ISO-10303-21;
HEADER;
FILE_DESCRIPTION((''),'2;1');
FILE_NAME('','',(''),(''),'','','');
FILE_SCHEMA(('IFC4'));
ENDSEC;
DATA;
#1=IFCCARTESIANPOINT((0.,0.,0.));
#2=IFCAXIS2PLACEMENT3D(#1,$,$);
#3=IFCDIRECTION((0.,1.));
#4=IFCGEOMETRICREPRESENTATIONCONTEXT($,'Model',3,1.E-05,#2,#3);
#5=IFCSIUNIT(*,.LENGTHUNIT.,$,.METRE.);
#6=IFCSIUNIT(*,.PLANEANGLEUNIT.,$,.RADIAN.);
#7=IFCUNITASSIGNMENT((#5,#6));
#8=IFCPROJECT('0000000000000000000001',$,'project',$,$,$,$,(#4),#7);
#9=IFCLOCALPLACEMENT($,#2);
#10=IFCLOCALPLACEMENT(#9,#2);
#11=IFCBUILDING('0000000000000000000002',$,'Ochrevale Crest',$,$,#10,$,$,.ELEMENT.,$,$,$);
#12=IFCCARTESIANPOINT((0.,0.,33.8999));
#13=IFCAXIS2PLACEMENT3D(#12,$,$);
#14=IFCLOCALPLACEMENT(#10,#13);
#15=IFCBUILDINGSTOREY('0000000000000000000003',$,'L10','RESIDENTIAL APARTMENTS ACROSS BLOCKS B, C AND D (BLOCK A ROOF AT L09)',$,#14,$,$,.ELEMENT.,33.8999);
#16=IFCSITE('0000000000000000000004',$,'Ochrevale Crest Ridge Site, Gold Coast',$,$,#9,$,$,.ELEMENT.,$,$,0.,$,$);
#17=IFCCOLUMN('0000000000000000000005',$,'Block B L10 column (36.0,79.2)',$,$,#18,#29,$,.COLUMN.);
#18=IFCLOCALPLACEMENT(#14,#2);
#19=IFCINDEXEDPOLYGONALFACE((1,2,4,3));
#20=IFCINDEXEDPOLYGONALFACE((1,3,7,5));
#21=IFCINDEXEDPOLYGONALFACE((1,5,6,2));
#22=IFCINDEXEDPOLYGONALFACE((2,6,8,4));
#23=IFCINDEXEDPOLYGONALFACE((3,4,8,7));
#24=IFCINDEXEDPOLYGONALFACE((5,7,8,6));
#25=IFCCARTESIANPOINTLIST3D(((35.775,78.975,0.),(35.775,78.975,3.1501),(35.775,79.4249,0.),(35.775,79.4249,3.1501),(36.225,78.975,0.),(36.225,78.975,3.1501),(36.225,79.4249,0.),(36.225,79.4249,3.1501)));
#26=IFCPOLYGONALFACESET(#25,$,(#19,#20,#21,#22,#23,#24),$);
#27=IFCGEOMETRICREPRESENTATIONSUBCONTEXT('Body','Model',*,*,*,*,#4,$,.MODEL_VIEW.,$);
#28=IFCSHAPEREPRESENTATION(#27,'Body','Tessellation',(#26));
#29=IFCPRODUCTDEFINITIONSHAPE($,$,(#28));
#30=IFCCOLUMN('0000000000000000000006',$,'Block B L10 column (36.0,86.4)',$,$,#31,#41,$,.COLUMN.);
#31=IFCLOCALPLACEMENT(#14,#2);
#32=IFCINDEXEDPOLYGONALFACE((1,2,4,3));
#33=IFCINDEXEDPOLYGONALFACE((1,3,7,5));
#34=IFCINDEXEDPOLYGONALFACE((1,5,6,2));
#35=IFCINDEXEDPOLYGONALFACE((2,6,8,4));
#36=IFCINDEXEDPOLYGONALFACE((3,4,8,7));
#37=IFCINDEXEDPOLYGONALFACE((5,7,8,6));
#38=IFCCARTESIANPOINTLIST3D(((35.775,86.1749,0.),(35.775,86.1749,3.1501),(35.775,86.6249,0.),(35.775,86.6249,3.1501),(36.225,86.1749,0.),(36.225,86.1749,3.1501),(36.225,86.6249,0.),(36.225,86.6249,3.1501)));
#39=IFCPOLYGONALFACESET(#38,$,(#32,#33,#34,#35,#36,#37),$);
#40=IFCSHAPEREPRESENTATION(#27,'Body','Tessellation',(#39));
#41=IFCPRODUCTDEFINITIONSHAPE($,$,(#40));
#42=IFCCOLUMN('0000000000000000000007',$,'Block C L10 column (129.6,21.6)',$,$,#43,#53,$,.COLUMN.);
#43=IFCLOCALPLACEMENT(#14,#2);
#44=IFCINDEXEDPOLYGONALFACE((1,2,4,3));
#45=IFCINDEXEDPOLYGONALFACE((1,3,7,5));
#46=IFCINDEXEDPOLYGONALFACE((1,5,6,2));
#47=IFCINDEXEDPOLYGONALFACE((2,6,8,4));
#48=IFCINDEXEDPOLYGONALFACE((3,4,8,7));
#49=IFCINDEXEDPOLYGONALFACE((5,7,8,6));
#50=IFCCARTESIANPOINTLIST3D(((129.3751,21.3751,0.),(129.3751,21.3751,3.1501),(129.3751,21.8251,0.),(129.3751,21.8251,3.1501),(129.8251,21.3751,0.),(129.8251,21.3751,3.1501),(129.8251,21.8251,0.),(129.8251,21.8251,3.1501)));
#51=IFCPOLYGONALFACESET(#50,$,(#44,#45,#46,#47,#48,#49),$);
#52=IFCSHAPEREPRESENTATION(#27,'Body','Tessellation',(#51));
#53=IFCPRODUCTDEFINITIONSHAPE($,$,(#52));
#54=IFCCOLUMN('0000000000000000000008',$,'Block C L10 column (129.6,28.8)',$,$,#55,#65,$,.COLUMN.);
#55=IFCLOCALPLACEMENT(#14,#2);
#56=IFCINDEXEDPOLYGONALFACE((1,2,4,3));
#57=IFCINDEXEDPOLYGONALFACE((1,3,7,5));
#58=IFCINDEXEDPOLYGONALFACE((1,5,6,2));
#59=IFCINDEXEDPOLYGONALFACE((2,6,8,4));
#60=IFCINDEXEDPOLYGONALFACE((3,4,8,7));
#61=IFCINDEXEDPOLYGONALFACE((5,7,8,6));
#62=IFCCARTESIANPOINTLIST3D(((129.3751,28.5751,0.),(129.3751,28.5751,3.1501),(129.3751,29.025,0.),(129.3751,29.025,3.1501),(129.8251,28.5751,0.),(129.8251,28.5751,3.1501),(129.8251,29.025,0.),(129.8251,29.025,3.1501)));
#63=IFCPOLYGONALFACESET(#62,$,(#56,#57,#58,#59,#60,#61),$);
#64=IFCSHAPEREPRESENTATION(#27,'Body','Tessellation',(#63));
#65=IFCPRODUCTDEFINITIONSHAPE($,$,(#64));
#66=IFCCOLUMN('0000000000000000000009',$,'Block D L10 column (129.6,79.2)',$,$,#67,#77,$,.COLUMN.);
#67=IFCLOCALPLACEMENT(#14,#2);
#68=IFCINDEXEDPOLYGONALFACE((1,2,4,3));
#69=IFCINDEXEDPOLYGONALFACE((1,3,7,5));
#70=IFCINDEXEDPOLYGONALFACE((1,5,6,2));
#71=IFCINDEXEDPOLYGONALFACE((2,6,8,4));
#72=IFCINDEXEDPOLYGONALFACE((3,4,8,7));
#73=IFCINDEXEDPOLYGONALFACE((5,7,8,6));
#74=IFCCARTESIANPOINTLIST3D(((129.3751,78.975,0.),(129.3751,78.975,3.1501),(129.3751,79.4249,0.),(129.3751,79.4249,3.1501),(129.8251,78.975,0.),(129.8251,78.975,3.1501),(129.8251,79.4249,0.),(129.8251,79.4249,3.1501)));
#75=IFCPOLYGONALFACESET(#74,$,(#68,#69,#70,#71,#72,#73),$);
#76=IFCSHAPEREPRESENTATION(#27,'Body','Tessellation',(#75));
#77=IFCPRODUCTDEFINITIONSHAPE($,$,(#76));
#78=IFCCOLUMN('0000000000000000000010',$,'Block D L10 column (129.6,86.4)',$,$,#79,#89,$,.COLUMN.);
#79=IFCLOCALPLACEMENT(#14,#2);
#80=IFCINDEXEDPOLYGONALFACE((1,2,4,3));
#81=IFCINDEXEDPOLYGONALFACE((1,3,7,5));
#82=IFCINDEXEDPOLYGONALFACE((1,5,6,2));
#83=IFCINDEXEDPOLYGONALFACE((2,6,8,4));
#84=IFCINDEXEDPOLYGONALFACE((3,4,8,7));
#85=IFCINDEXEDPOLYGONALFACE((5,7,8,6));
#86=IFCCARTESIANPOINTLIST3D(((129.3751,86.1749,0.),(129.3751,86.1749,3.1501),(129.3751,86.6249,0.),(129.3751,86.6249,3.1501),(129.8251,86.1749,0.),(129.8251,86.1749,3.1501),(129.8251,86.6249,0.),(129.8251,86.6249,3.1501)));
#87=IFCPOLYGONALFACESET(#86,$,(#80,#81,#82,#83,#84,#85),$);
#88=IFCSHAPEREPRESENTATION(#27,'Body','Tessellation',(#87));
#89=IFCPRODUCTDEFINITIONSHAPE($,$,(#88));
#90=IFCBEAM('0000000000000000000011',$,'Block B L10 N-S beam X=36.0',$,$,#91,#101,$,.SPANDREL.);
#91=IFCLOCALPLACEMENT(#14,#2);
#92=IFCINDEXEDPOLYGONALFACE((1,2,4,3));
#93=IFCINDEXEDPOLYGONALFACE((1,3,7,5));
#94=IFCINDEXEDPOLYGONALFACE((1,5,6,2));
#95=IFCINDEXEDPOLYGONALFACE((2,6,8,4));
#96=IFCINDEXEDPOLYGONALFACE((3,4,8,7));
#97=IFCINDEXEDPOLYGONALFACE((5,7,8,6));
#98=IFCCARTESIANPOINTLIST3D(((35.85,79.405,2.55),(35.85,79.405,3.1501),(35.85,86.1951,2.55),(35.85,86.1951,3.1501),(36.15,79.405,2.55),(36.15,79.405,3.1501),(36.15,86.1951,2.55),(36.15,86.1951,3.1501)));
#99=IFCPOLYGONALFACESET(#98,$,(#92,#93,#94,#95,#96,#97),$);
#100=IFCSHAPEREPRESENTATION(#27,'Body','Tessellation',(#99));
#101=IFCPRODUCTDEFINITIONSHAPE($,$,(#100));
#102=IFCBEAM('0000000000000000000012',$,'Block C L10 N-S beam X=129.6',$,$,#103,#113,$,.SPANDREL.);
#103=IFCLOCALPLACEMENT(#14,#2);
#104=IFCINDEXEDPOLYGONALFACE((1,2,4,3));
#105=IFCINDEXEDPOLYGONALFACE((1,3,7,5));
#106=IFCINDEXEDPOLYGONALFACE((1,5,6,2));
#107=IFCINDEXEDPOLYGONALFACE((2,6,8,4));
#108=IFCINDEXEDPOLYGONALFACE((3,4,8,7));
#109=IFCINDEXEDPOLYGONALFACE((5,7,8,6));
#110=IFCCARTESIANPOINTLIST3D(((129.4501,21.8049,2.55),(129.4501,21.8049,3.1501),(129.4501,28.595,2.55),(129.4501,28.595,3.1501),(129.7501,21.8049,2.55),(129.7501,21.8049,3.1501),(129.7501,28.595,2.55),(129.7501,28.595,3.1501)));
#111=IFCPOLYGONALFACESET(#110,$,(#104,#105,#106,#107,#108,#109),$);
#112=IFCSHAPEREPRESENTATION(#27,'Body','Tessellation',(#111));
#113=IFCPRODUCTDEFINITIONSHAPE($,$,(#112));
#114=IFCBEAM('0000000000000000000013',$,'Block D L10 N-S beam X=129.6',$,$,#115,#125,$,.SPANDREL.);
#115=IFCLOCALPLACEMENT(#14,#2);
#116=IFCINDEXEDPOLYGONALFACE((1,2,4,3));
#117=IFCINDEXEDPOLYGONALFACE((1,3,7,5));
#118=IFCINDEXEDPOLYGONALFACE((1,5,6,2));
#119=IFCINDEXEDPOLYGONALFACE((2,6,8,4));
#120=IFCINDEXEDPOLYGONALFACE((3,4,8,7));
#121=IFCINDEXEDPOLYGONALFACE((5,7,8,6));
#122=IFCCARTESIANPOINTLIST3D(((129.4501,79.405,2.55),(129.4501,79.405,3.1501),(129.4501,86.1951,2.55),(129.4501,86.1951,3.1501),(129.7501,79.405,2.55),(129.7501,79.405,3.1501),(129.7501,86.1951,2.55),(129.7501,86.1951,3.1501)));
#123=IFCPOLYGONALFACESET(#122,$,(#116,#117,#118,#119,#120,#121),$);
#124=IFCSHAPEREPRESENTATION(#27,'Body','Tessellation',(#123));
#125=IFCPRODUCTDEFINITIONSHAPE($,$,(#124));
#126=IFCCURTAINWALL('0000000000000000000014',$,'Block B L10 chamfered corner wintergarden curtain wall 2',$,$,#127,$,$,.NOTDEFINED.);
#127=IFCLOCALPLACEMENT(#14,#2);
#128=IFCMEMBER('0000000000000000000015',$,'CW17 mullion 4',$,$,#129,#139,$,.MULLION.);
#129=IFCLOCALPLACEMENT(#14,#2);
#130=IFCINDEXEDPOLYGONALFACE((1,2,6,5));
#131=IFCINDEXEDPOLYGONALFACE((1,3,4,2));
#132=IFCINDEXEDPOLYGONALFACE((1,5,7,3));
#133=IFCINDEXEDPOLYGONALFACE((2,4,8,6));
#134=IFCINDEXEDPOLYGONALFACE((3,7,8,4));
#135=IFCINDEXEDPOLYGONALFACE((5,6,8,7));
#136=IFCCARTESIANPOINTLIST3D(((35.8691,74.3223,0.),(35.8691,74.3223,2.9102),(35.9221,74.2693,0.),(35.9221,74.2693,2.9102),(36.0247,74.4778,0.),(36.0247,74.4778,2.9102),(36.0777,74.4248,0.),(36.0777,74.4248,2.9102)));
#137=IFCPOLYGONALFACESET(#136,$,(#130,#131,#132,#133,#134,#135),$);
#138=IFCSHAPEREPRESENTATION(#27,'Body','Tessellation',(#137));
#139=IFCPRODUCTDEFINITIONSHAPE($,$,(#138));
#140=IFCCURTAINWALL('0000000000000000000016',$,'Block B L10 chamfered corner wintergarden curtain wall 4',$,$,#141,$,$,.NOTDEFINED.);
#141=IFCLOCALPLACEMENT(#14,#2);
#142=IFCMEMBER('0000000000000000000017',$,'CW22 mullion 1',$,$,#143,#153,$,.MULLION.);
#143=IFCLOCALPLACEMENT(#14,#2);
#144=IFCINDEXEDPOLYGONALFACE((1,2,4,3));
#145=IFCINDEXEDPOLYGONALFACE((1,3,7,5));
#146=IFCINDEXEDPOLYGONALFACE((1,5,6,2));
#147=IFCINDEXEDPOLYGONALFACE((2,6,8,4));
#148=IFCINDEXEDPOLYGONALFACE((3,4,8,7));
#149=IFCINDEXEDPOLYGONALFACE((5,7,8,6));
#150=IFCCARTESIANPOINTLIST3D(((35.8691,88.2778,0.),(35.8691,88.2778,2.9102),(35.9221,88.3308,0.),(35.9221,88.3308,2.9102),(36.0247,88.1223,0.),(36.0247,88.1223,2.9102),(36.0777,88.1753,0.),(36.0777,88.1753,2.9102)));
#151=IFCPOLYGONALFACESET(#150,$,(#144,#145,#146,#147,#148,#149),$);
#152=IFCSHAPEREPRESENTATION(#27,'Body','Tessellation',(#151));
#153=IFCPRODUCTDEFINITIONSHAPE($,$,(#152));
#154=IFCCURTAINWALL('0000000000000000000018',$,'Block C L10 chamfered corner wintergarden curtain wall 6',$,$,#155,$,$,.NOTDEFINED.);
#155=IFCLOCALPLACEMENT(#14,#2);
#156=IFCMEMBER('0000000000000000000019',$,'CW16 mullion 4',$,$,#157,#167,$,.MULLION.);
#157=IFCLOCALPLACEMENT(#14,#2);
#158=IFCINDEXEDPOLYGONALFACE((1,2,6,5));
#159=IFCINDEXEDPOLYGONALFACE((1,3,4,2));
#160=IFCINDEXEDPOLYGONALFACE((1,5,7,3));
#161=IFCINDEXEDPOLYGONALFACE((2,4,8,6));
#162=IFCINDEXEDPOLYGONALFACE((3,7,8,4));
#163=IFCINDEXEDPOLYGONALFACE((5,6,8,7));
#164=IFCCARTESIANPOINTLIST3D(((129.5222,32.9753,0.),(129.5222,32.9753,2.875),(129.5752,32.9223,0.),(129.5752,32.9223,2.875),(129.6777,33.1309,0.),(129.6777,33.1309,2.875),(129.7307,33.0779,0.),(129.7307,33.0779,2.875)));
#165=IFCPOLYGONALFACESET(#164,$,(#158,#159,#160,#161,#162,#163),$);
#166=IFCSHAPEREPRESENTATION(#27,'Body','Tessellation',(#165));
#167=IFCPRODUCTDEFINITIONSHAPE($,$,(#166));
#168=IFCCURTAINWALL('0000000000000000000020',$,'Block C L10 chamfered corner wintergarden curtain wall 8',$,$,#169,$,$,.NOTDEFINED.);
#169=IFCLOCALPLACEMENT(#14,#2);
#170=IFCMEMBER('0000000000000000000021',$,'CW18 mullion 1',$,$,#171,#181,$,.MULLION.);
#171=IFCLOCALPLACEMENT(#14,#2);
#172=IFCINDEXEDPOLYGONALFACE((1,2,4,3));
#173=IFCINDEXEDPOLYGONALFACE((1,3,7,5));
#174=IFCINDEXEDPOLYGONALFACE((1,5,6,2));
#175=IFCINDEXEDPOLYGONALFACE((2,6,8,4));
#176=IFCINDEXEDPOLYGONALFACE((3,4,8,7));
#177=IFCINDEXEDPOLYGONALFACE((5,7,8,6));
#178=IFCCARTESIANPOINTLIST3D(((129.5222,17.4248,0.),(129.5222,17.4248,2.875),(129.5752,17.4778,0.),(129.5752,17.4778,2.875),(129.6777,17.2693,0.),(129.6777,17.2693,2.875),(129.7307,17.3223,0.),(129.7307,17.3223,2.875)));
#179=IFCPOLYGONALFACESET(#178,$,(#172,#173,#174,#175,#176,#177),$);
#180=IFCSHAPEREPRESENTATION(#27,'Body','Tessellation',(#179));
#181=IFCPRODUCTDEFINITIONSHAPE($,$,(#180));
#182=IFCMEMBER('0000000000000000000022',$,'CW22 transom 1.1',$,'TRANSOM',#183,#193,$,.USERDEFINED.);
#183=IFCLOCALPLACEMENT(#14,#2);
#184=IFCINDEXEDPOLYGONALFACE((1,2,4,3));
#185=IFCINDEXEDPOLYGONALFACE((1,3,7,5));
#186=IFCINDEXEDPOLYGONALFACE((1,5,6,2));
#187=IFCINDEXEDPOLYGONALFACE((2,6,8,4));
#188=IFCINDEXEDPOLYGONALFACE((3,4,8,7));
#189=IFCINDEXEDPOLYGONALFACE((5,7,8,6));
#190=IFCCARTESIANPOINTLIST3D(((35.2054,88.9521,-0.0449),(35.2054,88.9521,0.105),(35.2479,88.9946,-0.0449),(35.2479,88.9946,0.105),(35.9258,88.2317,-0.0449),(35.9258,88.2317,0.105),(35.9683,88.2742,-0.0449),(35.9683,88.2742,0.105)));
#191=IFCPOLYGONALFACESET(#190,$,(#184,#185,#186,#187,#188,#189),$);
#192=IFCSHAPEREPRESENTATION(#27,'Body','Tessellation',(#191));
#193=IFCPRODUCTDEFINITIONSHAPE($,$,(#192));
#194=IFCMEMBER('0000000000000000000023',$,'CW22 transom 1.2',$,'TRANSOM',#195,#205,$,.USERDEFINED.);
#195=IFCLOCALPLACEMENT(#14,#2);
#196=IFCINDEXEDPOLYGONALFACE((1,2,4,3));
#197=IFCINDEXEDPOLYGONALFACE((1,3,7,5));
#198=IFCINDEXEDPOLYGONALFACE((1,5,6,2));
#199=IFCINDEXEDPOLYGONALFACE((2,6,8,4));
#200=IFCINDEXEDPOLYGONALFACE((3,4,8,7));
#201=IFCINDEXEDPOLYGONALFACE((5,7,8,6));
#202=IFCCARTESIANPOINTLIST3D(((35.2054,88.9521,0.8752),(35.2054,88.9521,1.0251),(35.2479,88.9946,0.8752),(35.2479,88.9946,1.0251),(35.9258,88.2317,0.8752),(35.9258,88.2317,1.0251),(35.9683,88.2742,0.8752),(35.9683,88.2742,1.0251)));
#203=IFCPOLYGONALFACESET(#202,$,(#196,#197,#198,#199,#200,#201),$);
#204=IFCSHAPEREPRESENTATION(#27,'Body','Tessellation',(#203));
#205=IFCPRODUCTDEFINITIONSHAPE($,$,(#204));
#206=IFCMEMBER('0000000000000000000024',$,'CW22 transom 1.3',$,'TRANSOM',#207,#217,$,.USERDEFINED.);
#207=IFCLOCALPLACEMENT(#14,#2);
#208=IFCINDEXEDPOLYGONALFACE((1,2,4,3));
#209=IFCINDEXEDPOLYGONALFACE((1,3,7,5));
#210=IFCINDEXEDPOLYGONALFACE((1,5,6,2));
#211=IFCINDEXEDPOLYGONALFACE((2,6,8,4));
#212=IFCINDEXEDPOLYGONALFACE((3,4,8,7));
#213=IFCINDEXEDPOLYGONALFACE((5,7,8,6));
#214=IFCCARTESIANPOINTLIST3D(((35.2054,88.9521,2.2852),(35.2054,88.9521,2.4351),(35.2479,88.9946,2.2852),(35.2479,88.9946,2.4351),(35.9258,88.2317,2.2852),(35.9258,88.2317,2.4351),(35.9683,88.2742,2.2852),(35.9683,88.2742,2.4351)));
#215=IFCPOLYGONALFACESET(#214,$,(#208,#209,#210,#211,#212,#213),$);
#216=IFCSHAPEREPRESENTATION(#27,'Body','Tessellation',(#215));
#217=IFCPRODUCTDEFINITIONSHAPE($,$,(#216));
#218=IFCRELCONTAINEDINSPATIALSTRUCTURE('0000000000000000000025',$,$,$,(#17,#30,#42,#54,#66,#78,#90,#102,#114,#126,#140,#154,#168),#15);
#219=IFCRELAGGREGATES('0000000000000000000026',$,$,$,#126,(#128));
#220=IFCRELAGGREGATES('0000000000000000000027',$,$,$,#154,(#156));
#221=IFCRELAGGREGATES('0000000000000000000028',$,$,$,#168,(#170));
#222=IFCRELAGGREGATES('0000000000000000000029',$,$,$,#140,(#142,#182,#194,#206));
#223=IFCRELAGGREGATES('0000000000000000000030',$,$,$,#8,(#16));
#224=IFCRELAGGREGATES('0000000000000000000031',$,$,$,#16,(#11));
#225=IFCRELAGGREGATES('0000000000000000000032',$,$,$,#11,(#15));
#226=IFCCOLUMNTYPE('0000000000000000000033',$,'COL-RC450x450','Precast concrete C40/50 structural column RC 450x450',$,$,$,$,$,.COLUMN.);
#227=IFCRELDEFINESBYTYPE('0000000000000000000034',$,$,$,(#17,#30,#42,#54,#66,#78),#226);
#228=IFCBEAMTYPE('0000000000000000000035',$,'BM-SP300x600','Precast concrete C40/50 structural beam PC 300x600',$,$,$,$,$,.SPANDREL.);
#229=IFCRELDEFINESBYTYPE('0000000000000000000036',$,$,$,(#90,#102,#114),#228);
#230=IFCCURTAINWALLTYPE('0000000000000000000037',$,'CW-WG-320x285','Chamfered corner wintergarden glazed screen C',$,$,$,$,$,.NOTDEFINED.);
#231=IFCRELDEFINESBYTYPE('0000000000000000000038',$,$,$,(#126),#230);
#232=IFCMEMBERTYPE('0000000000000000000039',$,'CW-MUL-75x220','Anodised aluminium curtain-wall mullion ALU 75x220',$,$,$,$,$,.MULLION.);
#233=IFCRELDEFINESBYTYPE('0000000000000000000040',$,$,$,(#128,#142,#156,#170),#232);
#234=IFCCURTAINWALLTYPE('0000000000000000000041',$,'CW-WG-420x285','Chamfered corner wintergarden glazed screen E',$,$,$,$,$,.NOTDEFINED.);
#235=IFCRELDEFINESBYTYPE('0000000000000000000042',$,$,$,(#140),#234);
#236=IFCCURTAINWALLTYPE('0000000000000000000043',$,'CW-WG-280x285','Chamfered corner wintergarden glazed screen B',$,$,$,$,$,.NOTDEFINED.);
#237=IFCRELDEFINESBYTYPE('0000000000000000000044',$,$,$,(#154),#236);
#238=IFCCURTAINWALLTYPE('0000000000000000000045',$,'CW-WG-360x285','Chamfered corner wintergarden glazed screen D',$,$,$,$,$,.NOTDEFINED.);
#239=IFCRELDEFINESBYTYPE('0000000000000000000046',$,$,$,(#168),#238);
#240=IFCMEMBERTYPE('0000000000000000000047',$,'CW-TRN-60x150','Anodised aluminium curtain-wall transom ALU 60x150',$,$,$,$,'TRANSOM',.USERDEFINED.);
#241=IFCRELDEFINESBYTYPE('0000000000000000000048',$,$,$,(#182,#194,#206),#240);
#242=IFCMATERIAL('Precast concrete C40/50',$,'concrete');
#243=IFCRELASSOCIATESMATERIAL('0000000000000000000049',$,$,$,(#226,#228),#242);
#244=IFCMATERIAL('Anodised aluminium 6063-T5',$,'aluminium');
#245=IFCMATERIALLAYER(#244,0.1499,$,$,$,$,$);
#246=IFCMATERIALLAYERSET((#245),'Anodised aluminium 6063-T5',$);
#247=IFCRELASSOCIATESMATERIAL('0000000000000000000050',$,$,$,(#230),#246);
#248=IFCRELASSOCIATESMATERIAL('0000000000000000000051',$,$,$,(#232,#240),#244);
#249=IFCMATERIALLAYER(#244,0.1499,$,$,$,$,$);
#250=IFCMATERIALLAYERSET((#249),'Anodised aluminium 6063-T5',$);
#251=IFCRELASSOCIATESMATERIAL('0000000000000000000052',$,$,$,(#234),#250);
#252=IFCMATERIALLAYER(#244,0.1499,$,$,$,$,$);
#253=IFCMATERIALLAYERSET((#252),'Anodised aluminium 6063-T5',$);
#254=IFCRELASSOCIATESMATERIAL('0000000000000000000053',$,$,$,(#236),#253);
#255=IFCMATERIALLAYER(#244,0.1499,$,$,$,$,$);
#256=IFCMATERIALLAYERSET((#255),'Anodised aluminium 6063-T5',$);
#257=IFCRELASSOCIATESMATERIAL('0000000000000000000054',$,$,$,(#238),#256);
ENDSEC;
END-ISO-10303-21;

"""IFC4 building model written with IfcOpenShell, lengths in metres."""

from ifc_helpers import new_model, si_unit, direction, frame, origin, origin_2d, place, context, subcontext, project, spatial, rectangle, extrude, material, layer, layer_set, material_profile, profile_set, type_object, element, aggregate, save


model = new_model("IFC4")

# Units and contexts
model_context = context("Model", 3, precision=1e-05, world=origin(), true_north=direction((0.0, 1.0)))
body_context = subcontext(model_context, "Body", "Model", "MODEL_VIEW")
ifc_project = project(units=[si_unit("LENGTHUNIT", "METRE"), si_unit("PLANEANGLEUNIT", "RADIAN")], contexts=[model_context])

# Site, building, storey
site_placement = place(None, origin())
site = spatial("IfcSite", under=ifc_project, at=site_placement, Name="Ochrevale Crest Ridge Site, Gold Coast", CompositionType="ELEMENT", RefElevation=0.0)
building_placement = place(site_placement, origin())
building = spatial("IfcBuilding", under=site, at=building_placement, Name="Ochrevale Crest", CompositionType="ELEMENT")
storey_placement = place(building_placement, frame((0.0, 0.0, 33.8999)))
storey = spatial("IfcBuildingStorey", under=building, at=storey_placement, Name="L10", Description="RESIDENTIAL APARTMENTS ACROSS BLOCKS B, C AND D (BLOCK A ROOF AT L09)", CompositionType="ELEMENT", Elevation=33.8999)

# Columns
ifc_material_1 = material(Name="Precast concrete C40/50", Category="concrete")
ifc_material_profile_1 = material_profile(ifc_material_1, rectangle(XDim=0.45, YDim=0.45, at=origin_2d()), Name="RC 450x450")
ifc_profile_set_1 = profile_set([ifc_material_profile_1], Name="Precast concrete C40/50")
column_type = type_object("IfcColumnType", Name="COL-RC450x450", Description="Precast concrete C40/50 structural column RC 450x450", PredefinedType="COLUMN", material=ifc_profile_set_1)
for number, where, z_axis, x_axis, name in (
    (1, (36.0, 79.2, 0.0), (0.0, 0.0, 1.0), (1.0, 0.0, 0.0), "Block B L10 column (36.0,79.2)"),
    (2, (36.0, 86.3999, 0.0), (0.0, 0.0, 1.0), (1.0, 0.0, 0.0), "Block B L10 column (36.0,86.4)"),
    (3, (129.6001, 21.6001, 0.0), (0.0, 0.0, 1.0), (1.0, 0.0, 0.0), "Block C L10 column (129.6,21.6)"),
    (4, (129.6001, 28.8, 0.0), (0.0, 0.0, 1.0), (1.0, 0.0, 0.0), "Block C L10 column (129.6,28.8)"),
    (5, (129.6001, 79.2, 0.0), (0.0, 0.0, 1.0), (1.0, 0.0, 0.0), "Block D L10 column (129.6,79.2)"),
    (6, (129.6001, 86.3999, 0.0), (0.0, 0.0, 1.0), (1.0, 0.0, 0.0), "Block D L10 column (129.6,86.4)"),
):
    element("IfcColumn", number, at=place(storey_placement, frame(where, z_axis=z_axis, x_axis=x_axis)), inside=storey, type_object=column_type, Name=name, PredefinedType="COLUMN", context=body_context, shape_type="SweptSolid", body=[
        extrude(rectangle(XDim=0.45, YDim=0.45, at=origin_2d()), origin(), (0.0, 0.0, 1.0), 3.1501),
    ])

# Beams
ifc_material_profile_2 = material_profile(ifc_material_1, rectangle(XDim=0.3, YDim=0.6001, at=origin_2d()), Name="PC 300x600")
ifc_profile_set_2 = profile_set([ifc_material_profile_2], Name="Precast concrete C40/50")
beam_type = type_object("IfcBeamType", Name="BM-SP300x600", Description="Precast concrete C40/50 structural beam PC 300x600", PredefinedType="SPANDREL", material=ifc_profile_set_2)
for number, where, z_axis, x_axis, name in (
    (7, (36.0, 79.405, 2.8501), (0.0, 1.0, 0.0), (-1.0, 0.0, 0.0), "Block B L10 N-S beam X=36.0"),
    (8, (129.6001, 21.8049, 2.8501), (0.0, 1.0, 0.0), (-1.0, 0.0, 0.0), "Block C L10 N-S beam X=129.6"),
    (9, (129.6001, 79.405, 2.8501), (0.0, 1.0, 0.0), (-1.0, 0.0, 0.0), "Block D L10 N-S beam X=129.6"),
):
    element("IfcBeam", number, at=place(storey_placement, frame(where, z_axis=z_axis, x_axis=x_axis)), inside=storey, type_object=beam_type, Name=name, PredefinedType="SPANDREL", context=body_context, shape_type="SweptSolid", body=[
        extrude(rectangle(XDim=0.3, YDim=0.6001, at=origin_2d()), origin(), (0.0, 0.0, 1.0), 6.79),
    ])

# Curtain walls, members
ifc_material_2 = material(Name="Anodised aluminium 6063-T5", Category="aluminium")
ifc_layer_1 = layer(ifc_material_2, 0.1499)
ifc_layer_set_1 = layer_set([ifc_layer_1], Name="Anodised aluminium 6063-T5")
curtain_wall_type_1 = type_object("IfcCurtainWallType", Name="CW-WG-320x285", Description="Chamfered corner wintergarden glazed screen C", PredefinedType="NOTDEFINED", material=ifc_layer_set_1)
curtain_wall_1_placement = place(storey_placement, origin())
curtain_wall_1 = element("IfcCurtainWall", 10, at=curtain_wall_1_placement, inside=storey, type_object=curtain_wall_type_1, Name="Block B L10 chamfered corner wintergarden curtain wall 2", PredefinedType="NOTDEFINED")
ifc_material_profile_3 = material_profile(ifc_material_2, rectangle(XDim=0.075, YDim=0.22, at=origin_2d()), Name="ALU 75x220")
ifc_profile_set_3 = profile_set([ifc_material_profile_3], Name="Anodised aluminium 6063-T5")
member_type_1 = type_object("IfcMemberType", Name="CW-MUL-75x220", Description="Anodised aluminium curtain-wall mullion ALU 75x220", PredefinedType="MULLION", material=ifc_profile_set_3)
member_1_placement = place(storey_placement, frame((35.9734, 74.3735, 0.0), z_axis=(0.0, 0.0, 1.0), x_axis=(-0.707107, 0.707107, 0.0)))
member_1 = element("IfcMember", 11, at=member_1_placement, type_object=member_type_1, Name="CW17 mullion 4", PredefinedType="MULLION", context=body_context, shape_type="SweptSolid", body=[
    extrude(rectangle(XDim=0.075, YDim=0.22, at=origin_2d()), origin(), (0.0, 0.0, 1.0), 2.9102),
])
aggregate(curtain_wall_1, [member_1])
ifc_layer_2 = layer(ifc_material_2, 0.1499)
ifc_layer_set_2 = layer_set([ifc_layer_2], Name="Anodised aluminium 6063-T5")
curtain_wall_type_2 = type_object("IfcCurtainWallType", Name="CW-WG-420x285", Description="Chamfered corner wintergarden glazed screen E", PredefinedType="NOTDEFINED", material=ifc_layer_set_2)
curtain_wall_2_placement = place(storey_placement, origin())
curtain_wall_2 = element("IfcCurtainWall", 12, at=curtain_wall_2_placement, inside=storey, type_object=curtain_wall_type_2, Name="Block B L10 chamfered corner wintergarden curtain wall 4", PredefinedType="NOTDEFINED")
member_2_placement = place(storey_placement, frame((35.9734, 88.2266, 0.0), z_axis=(0.0, 0.0, 1.0), x_axis=(-0.707107, -0.707107, 0.0)))
member_2 = element("IfcMember", 13, at=member_2_placement, type_object=member_type_1, Name="CW22 mullion 1", PredefinedType="MULLION", context=body_context, shape_type="SweptSolid", body=[
    extrude(rectangle(XDim=0.075, YDim=0.22, at=origin_2d()), origin(), (0.0, 0.0, 1.0), 2.9102),
])
ifc_layer_3 = layer(ifc_material_2, 0.1499)
ifc_layer_set_3 = layer_set([ifc_layer_3], Name="Anodised aluminium 6063-T5")
curtain_wall_type_3 = type_object("IfcCurtainWallType", Name="CW-WG-280x285", Description="Chamfered corner wintergarden glazed screen B", PredefinedType="NOTDEFINED", material=ifc_layer_set_3)
curtain_wall_3_placement = place(storey_placement, origin())
curtain_wall_3 = element("IfcCurtainWall", 14, at=curtain_wall_3_placement, inside=storey, type_object=curtain_wall_type_3, Name="Block C L10 chamfered corner wintergarden curtain wall 6", PredefinedType="NOTDEFINED")
member_3_placement = place(storey_placement, frame((129.6265, 33.0266, 0.0), z_axis=(0.0, 0.0, 1.0), x_axis=(0.707107, -0.707107, 0.0)))
member_3 = element("IfcMember", 15, at=member_3_placement, type_object=member_type_1, Name="CW16 mullion 4", PredefinedType="MULLION", context=body_context, shape_type="SweptSolid", body=[
    extrude(rectangle(XDim=0.075, YDim=0.22, at=origin_2d()), origin(), (0.0, 0.0, 1.0), 2.875),
])
aggregate(curtain_wall_3, [member_3])
ifc_layer_4 = layer(ifc_material_2, 0.1499)
ifc_layer_set_4 = layer_set([ifc_layer_4], Name="Anodised aluminium 6063-T5")
curtain_wall_type_4 = type_object("IfcCurtainWallType", Name="CW-WG-360x285", Description="Chamfered corner wintergarden glazed screen D", PredefinedType="NOTDEFINED", material=ifc_layer_set_4)
curtain_wall_4_placement = place(storey_placement, origin())
curtain_wall_4 = element("IfcCurtainWall", 16, at=curtain_wall_4_placement, inside=storey, type_object=curtain_wall_type_4, Name="Block C L10 chamfered corner wintergarden curtain wall 8", PredefinedType="NOTDEFINED")
member_4_placement = place(storey_placement, frame((129.6265, 17.3735, 0.0), z_axis=(0.0, 0.0, 1.0), x_axis=(0.707107, 0.707107, 0.0)))
member_4 = element("IfcMember", 17, at=member_4_placement, type_object=member_type_1, Name="CW18 mullion 1", PredefinedType="MULLION", context=body_context, shape_type="SweptSolid", body=[
    extrude(rectangle(XDim=0.075, YDim=0.22, at=origin_2d()), origin(), (0.0, 0.0, 1.0), 2.875),
])
aggregate(curtain_wall_4, [member_4])

# Members
ifc_material_profile_4 = material_profile(ifc_material_2, rectangle(XDim=0.0601, YDim=0.1499, at=origin_2d()), Name="ALU 60x150")
ifc_profile_set_4 = profile_set([ifc_material_profile_4], Name="Anodised aluminium 6063-T5")
member_type_2 = type_object("IfcMemberType", Name="CW-TRN-60x150", Description="Anodised aluminium curtain-wall transom ALU 60x150", ElementType="TRANSOM", PredefinedType="USERDEFINED", material=ifc_profile_set_4)
member_5_placement = place(storey_placement, frame((35.947, 88.2529, 0.03), z_axis=(-0.707107, 0.707107, 0.0), x_axis=(-0.707107, -0.707107, 0.0)))
member_5 = element("IfcMember", 18, at=member_5_placement, type_object=member_type_2, Name="CW22 transom 1.1", ObjectType="TRANSOM", PredefinedType="USERDEFINED", context=body_context, shape_type="SweptSolid", body=[
    extrude(rectangle(XDim=0.0601, YDim=0.1499, at=origin_2d()), origin(), (0.0, 0.0, 1.0), 1.0188),
])
member_6_placement = place(storey_placement, frame((35.947, 88.2529, 0.9502), z_axis=(-0.707107, 0.707107, 0.0), x_axis=(-0.707107, -0.707107, 0.0)))
member_6 = element("IfcMember", 19, at=member_6_placement, type_object=member_type_2, Name="CW22 transom 1.2", ObjectType="TRANSOM", PredefinedType="USERDEFINED", context=body_context, shape_type="SweptSolid", body=[
    extrude(rectangle(XDim=0.0601, YDim=0.1499, at=origin_2d()), origin(), (0.0, 0.0, 1.0), 1.0188),
])
member_7_placement = place(storey_placement, frame((35.947, 88.2529, 2.3601), z_axis=(-0.707107, 0.707107, 0.0), x_axis=(-0.707107, -0.707107, 0.0)))
member_7 = element("IfcMember", 20, at=member_7_placement, type_object=member_type_2, Name="CW22 transom 1.3", ObjectType="TRANSOM", PredefinedType="USERDEFINED", context=body_context, shape_type="SweptSolid", body=[
    extrude(rectangle(XDim=0.0601, YDim=0.1499, at=origin_2d()), origin(), (0.0, 0.0, 1.0), 1.0188),
])

aggregate(curtain_wall_2, [member_2, member_5, member_6, member_7])

save(model, "model.ifc")
